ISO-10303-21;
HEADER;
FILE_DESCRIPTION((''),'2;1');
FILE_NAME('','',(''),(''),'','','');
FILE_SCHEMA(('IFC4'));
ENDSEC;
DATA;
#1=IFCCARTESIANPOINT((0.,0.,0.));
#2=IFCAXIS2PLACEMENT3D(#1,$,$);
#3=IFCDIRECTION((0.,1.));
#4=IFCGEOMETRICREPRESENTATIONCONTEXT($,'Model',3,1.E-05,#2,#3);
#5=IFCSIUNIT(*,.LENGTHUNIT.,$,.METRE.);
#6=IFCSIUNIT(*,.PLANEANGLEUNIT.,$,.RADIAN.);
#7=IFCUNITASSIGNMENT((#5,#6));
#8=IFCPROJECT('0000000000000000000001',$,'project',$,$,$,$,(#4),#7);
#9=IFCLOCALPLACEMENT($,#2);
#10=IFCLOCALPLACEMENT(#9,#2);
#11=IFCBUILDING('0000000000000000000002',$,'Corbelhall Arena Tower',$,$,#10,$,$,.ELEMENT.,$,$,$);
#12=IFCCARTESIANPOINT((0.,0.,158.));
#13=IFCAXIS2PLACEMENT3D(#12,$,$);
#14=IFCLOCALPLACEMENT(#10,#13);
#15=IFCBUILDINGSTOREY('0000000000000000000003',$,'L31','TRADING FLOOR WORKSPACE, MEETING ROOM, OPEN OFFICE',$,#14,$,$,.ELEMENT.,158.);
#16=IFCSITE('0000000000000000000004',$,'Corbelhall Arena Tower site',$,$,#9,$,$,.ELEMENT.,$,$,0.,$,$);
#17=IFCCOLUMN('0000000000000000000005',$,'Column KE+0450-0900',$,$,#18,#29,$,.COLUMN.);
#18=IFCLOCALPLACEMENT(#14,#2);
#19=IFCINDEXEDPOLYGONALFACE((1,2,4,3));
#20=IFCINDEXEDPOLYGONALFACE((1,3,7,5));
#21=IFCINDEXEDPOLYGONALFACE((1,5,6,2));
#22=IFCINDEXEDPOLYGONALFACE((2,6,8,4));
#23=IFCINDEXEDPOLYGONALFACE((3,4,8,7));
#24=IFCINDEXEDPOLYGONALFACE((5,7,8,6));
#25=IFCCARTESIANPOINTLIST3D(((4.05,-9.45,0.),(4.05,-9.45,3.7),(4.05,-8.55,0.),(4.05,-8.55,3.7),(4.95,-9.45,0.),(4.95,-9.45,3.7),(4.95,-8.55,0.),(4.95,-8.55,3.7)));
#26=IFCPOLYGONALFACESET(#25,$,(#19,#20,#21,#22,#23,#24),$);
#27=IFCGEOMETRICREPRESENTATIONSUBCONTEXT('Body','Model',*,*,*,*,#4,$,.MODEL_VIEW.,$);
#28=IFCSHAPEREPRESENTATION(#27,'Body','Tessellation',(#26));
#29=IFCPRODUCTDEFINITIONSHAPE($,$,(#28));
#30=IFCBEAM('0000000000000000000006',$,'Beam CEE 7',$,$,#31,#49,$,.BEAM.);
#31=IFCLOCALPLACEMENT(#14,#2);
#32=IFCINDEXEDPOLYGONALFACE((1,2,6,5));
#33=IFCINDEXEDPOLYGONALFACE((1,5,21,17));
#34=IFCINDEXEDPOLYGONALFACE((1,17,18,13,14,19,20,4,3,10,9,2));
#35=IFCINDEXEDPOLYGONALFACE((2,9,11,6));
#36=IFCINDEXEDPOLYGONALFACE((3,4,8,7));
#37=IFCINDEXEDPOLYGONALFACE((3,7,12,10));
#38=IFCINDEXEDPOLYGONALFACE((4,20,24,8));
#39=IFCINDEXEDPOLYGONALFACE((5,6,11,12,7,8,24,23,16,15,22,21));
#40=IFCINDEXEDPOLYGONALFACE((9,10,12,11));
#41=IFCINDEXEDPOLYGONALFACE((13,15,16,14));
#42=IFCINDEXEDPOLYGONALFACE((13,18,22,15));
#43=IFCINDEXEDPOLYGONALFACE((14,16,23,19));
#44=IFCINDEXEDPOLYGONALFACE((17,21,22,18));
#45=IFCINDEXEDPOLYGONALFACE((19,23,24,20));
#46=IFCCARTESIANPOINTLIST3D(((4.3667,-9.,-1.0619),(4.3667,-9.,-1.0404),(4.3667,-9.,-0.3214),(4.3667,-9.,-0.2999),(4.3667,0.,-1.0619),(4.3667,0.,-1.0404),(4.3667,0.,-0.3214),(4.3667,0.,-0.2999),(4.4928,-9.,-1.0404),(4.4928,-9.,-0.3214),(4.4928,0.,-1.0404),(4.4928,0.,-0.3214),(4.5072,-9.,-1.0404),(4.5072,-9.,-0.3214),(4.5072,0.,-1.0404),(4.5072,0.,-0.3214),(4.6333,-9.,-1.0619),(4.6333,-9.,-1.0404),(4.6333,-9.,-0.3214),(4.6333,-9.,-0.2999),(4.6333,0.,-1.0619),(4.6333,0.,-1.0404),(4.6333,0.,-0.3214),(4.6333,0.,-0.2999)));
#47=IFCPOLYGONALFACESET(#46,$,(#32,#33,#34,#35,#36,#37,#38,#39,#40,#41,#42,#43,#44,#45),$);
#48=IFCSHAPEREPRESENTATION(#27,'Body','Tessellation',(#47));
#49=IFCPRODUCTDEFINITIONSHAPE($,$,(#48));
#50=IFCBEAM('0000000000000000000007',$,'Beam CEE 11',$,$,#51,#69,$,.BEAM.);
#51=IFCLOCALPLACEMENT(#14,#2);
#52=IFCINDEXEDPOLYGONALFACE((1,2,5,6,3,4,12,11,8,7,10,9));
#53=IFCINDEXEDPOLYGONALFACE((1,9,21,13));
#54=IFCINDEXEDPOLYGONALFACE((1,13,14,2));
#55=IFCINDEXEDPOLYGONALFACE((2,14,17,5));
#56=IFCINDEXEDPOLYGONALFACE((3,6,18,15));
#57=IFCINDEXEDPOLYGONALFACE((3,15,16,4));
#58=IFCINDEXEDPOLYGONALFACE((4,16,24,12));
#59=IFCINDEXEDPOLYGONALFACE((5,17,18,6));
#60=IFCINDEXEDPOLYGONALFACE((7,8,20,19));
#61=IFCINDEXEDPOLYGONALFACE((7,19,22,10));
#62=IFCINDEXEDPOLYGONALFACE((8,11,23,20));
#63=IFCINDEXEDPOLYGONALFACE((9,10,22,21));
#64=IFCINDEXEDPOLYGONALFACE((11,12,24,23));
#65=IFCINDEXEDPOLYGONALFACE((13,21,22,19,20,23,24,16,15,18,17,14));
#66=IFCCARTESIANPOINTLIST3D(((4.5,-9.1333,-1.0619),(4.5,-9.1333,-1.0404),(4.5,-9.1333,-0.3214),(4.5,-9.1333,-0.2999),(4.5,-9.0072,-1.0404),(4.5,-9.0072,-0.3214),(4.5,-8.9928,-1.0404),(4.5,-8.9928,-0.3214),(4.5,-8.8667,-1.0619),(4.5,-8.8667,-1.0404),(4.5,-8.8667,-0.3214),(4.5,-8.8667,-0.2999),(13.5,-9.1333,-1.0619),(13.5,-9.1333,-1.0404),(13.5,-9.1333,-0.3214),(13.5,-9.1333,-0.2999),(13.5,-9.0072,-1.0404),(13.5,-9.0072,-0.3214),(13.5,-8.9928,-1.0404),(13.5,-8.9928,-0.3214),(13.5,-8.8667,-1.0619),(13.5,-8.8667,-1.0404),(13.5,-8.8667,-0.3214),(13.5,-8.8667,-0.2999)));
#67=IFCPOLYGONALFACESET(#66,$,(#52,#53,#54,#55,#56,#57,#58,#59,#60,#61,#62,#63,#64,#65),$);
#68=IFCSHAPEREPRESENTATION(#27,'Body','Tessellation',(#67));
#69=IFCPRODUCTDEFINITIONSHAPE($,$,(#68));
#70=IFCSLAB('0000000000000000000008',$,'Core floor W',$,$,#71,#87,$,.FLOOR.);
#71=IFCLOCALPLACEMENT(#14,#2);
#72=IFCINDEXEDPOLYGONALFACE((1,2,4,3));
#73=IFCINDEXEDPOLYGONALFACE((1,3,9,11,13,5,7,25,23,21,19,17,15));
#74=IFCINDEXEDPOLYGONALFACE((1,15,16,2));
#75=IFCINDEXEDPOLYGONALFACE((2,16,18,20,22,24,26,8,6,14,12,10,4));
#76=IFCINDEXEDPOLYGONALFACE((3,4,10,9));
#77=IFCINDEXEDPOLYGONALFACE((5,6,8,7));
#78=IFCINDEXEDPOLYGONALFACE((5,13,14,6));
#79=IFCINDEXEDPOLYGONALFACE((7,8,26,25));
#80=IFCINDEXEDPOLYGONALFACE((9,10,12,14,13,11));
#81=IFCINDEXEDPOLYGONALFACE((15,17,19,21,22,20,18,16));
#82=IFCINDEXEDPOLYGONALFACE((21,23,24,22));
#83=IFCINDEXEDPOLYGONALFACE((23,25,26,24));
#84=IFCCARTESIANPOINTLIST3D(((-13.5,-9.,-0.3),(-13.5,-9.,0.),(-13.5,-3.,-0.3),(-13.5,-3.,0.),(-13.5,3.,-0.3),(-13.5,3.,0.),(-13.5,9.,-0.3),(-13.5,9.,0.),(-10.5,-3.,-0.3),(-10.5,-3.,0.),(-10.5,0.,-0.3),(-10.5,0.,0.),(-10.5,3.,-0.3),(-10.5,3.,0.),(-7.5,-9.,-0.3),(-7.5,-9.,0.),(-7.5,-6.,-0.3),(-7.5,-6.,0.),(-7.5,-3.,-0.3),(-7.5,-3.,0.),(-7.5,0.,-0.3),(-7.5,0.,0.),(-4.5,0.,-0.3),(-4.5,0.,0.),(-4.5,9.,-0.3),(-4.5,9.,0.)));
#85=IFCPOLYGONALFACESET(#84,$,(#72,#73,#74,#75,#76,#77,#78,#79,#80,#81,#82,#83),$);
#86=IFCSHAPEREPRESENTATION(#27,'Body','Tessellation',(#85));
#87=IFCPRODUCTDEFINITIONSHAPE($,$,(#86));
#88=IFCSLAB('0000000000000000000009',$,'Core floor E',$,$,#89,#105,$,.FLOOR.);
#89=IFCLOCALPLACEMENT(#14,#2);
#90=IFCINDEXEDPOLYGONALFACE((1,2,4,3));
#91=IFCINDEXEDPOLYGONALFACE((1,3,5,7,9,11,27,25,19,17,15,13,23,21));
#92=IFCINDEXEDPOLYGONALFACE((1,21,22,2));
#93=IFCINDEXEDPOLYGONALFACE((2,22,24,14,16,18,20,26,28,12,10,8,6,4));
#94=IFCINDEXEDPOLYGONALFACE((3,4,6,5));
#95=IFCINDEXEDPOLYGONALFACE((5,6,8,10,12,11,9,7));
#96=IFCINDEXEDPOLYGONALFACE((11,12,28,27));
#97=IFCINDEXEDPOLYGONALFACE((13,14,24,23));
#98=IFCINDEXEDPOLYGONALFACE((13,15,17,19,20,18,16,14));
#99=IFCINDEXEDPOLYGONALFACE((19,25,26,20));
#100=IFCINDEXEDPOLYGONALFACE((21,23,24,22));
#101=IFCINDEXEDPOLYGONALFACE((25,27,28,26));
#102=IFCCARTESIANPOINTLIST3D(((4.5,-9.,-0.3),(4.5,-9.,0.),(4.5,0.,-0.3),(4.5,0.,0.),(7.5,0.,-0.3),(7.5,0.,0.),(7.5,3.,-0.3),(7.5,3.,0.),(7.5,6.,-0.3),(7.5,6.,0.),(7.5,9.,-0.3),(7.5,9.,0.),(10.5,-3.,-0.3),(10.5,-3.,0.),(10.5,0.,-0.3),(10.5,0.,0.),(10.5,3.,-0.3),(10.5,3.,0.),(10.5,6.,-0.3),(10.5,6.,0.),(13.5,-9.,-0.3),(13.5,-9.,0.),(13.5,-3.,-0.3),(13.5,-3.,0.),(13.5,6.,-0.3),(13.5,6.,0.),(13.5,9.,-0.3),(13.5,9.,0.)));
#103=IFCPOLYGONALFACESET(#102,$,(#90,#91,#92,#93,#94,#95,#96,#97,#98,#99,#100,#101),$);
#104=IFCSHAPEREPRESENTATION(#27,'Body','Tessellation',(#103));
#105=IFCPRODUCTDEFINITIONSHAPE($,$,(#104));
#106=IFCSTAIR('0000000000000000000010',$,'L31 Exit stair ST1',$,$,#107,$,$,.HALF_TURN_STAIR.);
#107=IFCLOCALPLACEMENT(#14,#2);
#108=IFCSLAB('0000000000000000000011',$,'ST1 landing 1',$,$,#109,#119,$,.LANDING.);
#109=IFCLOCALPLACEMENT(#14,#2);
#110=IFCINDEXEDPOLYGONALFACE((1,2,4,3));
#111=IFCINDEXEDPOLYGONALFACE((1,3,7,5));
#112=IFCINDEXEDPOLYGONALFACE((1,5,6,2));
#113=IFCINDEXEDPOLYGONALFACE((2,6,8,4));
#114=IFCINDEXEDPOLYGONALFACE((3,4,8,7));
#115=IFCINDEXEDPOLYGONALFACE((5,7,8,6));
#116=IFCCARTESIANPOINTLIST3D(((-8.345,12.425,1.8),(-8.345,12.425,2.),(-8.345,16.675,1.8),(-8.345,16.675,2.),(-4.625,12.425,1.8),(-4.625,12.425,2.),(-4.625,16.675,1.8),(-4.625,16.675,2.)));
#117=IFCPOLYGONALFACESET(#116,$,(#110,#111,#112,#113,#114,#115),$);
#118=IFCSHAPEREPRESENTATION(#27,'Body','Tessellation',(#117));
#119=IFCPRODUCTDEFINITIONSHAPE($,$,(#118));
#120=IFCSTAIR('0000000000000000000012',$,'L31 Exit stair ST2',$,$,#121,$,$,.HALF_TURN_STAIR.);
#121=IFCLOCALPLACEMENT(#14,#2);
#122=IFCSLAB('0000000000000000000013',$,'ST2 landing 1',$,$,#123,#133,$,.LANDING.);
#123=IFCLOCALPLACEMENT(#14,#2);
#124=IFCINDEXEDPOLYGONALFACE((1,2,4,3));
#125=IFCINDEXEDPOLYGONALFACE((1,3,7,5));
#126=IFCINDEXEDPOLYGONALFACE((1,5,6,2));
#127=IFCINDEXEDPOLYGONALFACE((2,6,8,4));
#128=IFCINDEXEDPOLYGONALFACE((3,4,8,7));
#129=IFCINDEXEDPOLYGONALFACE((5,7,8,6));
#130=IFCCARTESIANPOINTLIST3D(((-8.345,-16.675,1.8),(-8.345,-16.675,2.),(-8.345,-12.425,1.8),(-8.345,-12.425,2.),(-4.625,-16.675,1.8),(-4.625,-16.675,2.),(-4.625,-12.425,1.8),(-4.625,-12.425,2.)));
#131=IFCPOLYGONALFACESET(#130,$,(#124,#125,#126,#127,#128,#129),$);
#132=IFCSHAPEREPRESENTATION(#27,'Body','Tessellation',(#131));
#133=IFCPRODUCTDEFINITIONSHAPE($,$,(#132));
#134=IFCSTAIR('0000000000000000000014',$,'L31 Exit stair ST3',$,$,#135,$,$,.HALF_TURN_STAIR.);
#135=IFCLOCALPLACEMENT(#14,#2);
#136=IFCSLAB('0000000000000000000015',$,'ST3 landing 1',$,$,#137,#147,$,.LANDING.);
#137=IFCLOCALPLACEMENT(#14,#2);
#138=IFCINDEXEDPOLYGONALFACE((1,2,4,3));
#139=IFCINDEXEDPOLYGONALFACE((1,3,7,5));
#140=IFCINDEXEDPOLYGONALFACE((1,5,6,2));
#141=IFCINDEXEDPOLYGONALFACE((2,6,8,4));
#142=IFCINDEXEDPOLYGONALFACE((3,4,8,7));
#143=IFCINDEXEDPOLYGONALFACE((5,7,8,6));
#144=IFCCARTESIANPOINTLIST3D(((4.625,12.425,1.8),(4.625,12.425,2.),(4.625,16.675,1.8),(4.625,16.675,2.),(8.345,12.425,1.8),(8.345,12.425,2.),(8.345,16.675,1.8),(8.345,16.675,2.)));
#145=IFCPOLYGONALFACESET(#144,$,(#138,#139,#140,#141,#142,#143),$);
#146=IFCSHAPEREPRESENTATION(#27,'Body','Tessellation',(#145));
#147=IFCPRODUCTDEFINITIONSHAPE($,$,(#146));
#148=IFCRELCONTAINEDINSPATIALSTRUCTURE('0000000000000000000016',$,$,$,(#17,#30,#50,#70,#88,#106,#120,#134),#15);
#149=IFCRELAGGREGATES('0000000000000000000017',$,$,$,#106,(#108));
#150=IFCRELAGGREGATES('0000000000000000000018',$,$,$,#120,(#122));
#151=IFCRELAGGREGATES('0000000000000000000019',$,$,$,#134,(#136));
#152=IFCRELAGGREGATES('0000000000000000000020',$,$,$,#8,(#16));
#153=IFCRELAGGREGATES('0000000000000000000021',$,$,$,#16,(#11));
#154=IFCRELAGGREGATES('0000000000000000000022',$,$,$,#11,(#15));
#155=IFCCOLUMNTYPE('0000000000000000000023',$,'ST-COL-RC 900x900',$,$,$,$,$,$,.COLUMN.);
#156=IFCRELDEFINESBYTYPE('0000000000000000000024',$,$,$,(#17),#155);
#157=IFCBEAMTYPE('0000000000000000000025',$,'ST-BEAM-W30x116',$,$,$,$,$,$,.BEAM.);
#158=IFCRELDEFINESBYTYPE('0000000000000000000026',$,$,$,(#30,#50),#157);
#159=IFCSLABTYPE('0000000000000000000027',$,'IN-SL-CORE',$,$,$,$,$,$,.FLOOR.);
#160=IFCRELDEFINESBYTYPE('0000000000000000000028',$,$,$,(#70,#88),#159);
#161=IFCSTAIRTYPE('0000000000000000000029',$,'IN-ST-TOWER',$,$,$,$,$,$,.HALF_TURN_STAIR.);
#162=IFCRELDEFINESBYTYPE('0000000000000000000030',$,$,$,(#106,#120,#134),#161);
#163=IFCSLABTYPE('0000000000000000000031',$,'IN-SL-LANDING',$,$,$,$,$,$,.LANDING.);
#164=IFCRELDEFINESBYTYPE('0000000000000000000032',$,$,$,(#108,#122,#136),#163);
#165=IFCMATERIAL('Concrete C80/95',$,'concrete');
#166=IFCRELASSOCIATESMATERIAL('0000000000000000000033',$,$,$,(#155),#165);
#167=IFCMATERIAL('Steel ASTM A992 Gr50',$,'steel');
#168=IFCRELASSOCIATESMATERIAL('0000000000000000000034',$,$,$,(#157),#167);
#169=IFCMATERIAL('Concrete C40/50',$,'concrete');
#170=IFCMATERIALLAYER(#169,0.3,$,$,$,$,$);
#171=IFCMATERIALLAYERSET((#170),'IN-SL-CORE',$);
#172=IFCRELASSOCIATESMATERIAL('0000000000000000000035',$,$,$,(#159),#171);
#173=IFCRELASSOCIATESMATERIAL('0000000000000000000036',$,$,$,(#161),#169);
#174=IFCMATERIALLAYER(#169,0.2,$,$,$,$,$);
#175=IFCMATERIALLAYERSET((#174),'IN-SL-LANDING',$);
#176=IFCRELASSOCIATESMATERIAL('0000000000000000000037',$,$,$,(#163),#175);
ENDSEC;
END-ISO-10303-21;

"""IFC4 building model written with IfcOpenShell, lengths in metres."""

from ifc_helpers import new_model, si_unit, direction, frame, origin, origin_2d, place, context, subcontext, project, spatial, polyline, rectangle, i_section, outline, extrude, material, layer, layer_set, material_profile, profile_set, type_object, element, aggregate, save


model = new_model("IFC4")

# Units and contexts
model_context = context("Model", 3, precision=1e-05, world=origin(), true_north=direction((0.0, 1.0)))
body_context = subcontext(model_context, "Body", "Model", "MODEL_VIEW")
ifc_project = project(units=[si_unit("LENGTHUNIT", "METRE"), si_unit("PLANEANGLEUNIT", "RADIAN")], contexts=[model_context])

# Site, building, storey
site_placement = place(None, origin())
site = spatial("IfcSite", under=ifc_project, at=site_placement, Name="Corbelhall Arena Tower site", CompositionType="ELEMENT", RefElevation=0.0)
building_placement = place(site_placement, origin())
building = spatial("IfcBuilding", under=site, at=building_placement, Name="Corbelhall Arena Tower", CompositionType="ELEMENT")
storey_placement = place(building_placement, frame((0.0, 0.0, 158.0)))
storey = spatial("IfcBuildingStorey", under=building, at=storey_placement, Name="L31", Description="TRADING FLOOR WORKSPACE, MEETING ROOM, OPEN OFFICE", CompositionType="ELEMENT", Elevation=158.0)

# Column
ifc_material_1 = material(Name="Concrete C80/95", Category="concrete")
ifc_material_profile_1 = material_profile(ifc_material_1, rectangle(XDim=0.8999, YDim=0.8999, at=origin_2d()))
ifc_profile_set_1 = profile_set([ifc_material_profile_1], Name="Concrete C80/95")
column_type = type_object("IfcColumnType", Name="ST-COL-RC 900x900", PredefinedType="COLUMN", material=ifc_profile_set_1)
column_placement = place(storey_placement, frame((4.5, -9.0, 0.0), z_axis=(0.0, 0.0, 1.0), x_axis=(1.0, 0.0, 0.0)))
element("IfcColumn", 1, at=column_placement, inside=storey, type_object=column_type, Name="Column KE+0450-0900", PredefinedType="COLUMN", context=body_context, shape_type="SweptSolid", body=[
    extrude(rectangle(XDim=0.8999, YDim=0.8999, at=origin_2d()), origin(), (0.0, 0.0, 1.0), 3.7),
])

# Beams
ifc_material_2 = material(Name="Steel ASTM A992 Gr50", Category="steel")
ifc_material_profile_2 = material_profile(ifc_material_2, i_section(OverallWidth=0.2666, OverallDepth=0.762, WebThickness=0.0144, FlangeThickness=0.0215, at=origin_2d()))
ifc_profile_set_2 = profile_set([ifc_material_profile_2], Name="Steel ASTM A992 Gr50")
beam_type = type_object("IfcBeamType", Name="ST-BEAM-W30x116", PredefinedType="BEAM", material=ifc_profile_set_2)
for number, where, z_axis, x_axis, name in (
    (2, (4.5, -9.0, -0.6809), (0.0, 1.0, 0.0), (-1.0, 0.0, 0.0), "Beam CEE 7"),
    (3, (4.5, -9.0, -0.6809), (1.0, 0.0, 0.0), (0.0, 1.0, 0.0), "Beam CEE 11"),
):
    element("IfcBeam", number, at=place(storey_placement, frame(where, z_axis=z_axis, x_axis=x_axis)), inside=storey, type_object=beam_type, Name=name, PredefinedType="BEAM", context=body_context, shape_type="SweptSolid", body=[
        extrude(i_section(OverallWidth=0.2666, OverallDepth=0.762, WebThickness=0.0144, FlangeThickness=0.0215, at=origin_2d()), origin(), (0.0, 0.0, 1.0), 9.0),
    ])

# Slabs
ifc_material_3 = material(Name="Concrete C40/50", Category="concrete")
ifc_layer_1 = layer(ifc_material_3, 0.3)
ifc_layer_set_1 = layer_set([ifc_layer_1], Name="IN-SL-CORE")
slab_type_1 = type_object("IfcSlabType", Name="IN-SL-CORE", PredefinedType="FLOOR", material=ifc_layer_set_1)
slab_1_placement = place(storey_placement, frame((0.0, 0.0, -0.3)))
element("IfcSlab", 4, at=slab_1_placement, inside=storey, type_object=slab_type_1, Name="Core floor W", PredefinedType="FLOOR", context=body_context, shape_type="SweptSolid", body=[
    extrude(outline(polyline([(-7.5, 0.0), (-4.5, 0.0), (-4.5, 9.0), (-13.5, 9.0), (-13.5, 3.0), (-10.5, 3.0), (-10.5, 0.0), (-10.5, -3.0), (-13.5, -3.0), (-13.5, -9.0), (-7.5, -9.0), (-7.5, -6.0), (-7.5, -3.0), (-7.5, 0.0)])), origin(), (0.0, 0.0, 1.0), 0.3),
])
slab_2_placement = place(storey_placement, frame((0.0, 0.0, -0.3)))
element("IfcSlab", 5, at=slab_2_placement, inside=storey, type_object=slab_type_1, Name="Core floor E", PredefinedType="FLOOR", context=body_context, shape_type="SweptSolid", body=[
    extrude(outline(polyline([(7.5, 0.0), (4.5, 0.0), (4.5, -9.0), (13.5, -9.0), (13.5, -3.0), (10.5, -3.0), (10.5, 0.0), (10.5, 3.0), (10.5, 6.0), (13.5, 6.0), (13.5, 9.0), (7.5, 9.0), (7.5, 6.0), (7.5, 3.0), (7.5, 0.0)])), origin(), (0.0, 0.0, 1.0), 0.3),
])

# Stairs, slabs
stair_type = type_object("IfcStairType", Name="IN-ST-TOWER", PredefinedType="HALF_TURN_STAIR", material=ifc_material_3)
stair_1_placement = place(storey_placement, origin())
stair_1 = element("IfcStair", 6, at=stair_1_placement, inside=storey, type_object=stair_type, Name="L31 Exit stair ST1", PredefinedType="HALF_TURN_STAIR")
ifc_layer_2 = layer(ifc_material_3, 0.2)
ifc_layer_set_2 = layer_set([ifc_layer_2], Name="IN-SL-LANDING")
slab_type_2 = type_object("IfcSlabType", Name="IN-SL-LANDING", PredefinedType="LANDING", material=ifc_layer_set_2)
slab_3_placement = place(storey_placement, frame((0.0, 0.0, 1.8)))
slab_3 = element("IfcSlab", 7, at=slab_3_placement, type_object=slab_type_2, Name="ST1 landing 1", PredefinedType="LANDING", context=body_context, shape_type="SweptSolid", body=[
    extrude(outline(polyline([(-8.345, 12.425), (-4.625, 12.425), (-4.625, 16.675), (-8.345, 16.675), (-8.345, 12.425)])), origin(), (0.0, 0.0, 1.0), 0.2),
])
aggregate(stair_1, [slab_3])
stair_2_placement = place(storey_placement, origin())
stair_2 = element("IfcStair", 8, at=stair_2_placement, inside=storey, type_object=stair_type, Name="L31 Exit stair ST2", PredefinedType="HALF_TURN_STAIR")
slab_4_placement = place(storey_placement, frame((0.0, 0.0, 1.8)))
slab_4 = element("IfcSlab", 9, at=slab_4_placement, type_object=slab_type_2, Name="ST2 landing 1", PredefinedType="LANDING", context=body_context, shape_type="SweptSolid", body=[
    extrude(outline(polyline([(-8.345, -16.675), (-4.625, -16.675), (-4.625, -12.425), (-8.345, -12.425), (-8.345, -16.675)])), origin(), (0.0, 0.0, 1.0), 0.2),
])
aggregate(stair_2, [slab_4])
stair_3_placement = place(storey_placement, origin())
stair_3 = element("IfcStair", 10, at=stair_3_placement, inside=storey, type_object=stair_type, Name="L31 Exit stair ST3", PredefinedType="HALF_TURN_STAIR")
slab_5_placement = place(storey_placement, frame((0.0, 0.0, 1.8)))
slab_5 = element("IfcSlab", 11, at=slab_5_placement, type_object=slab_type_2, Name="ST3 landing 1", PredefinedType="LANDING", context=body_context, shape_type="SweptSolid", body=[
    extrude(outline(polyline([(8.345, 16.675), (4.625, 16.675), (4.625, 12.425), (8.345, 12.425), (8.345, 16.675)])), origin(), (0.0, 0.0, 1.0), 0.2),
])
aggregate(stair_3, [slab_5])

save(model, "model.ifc")
